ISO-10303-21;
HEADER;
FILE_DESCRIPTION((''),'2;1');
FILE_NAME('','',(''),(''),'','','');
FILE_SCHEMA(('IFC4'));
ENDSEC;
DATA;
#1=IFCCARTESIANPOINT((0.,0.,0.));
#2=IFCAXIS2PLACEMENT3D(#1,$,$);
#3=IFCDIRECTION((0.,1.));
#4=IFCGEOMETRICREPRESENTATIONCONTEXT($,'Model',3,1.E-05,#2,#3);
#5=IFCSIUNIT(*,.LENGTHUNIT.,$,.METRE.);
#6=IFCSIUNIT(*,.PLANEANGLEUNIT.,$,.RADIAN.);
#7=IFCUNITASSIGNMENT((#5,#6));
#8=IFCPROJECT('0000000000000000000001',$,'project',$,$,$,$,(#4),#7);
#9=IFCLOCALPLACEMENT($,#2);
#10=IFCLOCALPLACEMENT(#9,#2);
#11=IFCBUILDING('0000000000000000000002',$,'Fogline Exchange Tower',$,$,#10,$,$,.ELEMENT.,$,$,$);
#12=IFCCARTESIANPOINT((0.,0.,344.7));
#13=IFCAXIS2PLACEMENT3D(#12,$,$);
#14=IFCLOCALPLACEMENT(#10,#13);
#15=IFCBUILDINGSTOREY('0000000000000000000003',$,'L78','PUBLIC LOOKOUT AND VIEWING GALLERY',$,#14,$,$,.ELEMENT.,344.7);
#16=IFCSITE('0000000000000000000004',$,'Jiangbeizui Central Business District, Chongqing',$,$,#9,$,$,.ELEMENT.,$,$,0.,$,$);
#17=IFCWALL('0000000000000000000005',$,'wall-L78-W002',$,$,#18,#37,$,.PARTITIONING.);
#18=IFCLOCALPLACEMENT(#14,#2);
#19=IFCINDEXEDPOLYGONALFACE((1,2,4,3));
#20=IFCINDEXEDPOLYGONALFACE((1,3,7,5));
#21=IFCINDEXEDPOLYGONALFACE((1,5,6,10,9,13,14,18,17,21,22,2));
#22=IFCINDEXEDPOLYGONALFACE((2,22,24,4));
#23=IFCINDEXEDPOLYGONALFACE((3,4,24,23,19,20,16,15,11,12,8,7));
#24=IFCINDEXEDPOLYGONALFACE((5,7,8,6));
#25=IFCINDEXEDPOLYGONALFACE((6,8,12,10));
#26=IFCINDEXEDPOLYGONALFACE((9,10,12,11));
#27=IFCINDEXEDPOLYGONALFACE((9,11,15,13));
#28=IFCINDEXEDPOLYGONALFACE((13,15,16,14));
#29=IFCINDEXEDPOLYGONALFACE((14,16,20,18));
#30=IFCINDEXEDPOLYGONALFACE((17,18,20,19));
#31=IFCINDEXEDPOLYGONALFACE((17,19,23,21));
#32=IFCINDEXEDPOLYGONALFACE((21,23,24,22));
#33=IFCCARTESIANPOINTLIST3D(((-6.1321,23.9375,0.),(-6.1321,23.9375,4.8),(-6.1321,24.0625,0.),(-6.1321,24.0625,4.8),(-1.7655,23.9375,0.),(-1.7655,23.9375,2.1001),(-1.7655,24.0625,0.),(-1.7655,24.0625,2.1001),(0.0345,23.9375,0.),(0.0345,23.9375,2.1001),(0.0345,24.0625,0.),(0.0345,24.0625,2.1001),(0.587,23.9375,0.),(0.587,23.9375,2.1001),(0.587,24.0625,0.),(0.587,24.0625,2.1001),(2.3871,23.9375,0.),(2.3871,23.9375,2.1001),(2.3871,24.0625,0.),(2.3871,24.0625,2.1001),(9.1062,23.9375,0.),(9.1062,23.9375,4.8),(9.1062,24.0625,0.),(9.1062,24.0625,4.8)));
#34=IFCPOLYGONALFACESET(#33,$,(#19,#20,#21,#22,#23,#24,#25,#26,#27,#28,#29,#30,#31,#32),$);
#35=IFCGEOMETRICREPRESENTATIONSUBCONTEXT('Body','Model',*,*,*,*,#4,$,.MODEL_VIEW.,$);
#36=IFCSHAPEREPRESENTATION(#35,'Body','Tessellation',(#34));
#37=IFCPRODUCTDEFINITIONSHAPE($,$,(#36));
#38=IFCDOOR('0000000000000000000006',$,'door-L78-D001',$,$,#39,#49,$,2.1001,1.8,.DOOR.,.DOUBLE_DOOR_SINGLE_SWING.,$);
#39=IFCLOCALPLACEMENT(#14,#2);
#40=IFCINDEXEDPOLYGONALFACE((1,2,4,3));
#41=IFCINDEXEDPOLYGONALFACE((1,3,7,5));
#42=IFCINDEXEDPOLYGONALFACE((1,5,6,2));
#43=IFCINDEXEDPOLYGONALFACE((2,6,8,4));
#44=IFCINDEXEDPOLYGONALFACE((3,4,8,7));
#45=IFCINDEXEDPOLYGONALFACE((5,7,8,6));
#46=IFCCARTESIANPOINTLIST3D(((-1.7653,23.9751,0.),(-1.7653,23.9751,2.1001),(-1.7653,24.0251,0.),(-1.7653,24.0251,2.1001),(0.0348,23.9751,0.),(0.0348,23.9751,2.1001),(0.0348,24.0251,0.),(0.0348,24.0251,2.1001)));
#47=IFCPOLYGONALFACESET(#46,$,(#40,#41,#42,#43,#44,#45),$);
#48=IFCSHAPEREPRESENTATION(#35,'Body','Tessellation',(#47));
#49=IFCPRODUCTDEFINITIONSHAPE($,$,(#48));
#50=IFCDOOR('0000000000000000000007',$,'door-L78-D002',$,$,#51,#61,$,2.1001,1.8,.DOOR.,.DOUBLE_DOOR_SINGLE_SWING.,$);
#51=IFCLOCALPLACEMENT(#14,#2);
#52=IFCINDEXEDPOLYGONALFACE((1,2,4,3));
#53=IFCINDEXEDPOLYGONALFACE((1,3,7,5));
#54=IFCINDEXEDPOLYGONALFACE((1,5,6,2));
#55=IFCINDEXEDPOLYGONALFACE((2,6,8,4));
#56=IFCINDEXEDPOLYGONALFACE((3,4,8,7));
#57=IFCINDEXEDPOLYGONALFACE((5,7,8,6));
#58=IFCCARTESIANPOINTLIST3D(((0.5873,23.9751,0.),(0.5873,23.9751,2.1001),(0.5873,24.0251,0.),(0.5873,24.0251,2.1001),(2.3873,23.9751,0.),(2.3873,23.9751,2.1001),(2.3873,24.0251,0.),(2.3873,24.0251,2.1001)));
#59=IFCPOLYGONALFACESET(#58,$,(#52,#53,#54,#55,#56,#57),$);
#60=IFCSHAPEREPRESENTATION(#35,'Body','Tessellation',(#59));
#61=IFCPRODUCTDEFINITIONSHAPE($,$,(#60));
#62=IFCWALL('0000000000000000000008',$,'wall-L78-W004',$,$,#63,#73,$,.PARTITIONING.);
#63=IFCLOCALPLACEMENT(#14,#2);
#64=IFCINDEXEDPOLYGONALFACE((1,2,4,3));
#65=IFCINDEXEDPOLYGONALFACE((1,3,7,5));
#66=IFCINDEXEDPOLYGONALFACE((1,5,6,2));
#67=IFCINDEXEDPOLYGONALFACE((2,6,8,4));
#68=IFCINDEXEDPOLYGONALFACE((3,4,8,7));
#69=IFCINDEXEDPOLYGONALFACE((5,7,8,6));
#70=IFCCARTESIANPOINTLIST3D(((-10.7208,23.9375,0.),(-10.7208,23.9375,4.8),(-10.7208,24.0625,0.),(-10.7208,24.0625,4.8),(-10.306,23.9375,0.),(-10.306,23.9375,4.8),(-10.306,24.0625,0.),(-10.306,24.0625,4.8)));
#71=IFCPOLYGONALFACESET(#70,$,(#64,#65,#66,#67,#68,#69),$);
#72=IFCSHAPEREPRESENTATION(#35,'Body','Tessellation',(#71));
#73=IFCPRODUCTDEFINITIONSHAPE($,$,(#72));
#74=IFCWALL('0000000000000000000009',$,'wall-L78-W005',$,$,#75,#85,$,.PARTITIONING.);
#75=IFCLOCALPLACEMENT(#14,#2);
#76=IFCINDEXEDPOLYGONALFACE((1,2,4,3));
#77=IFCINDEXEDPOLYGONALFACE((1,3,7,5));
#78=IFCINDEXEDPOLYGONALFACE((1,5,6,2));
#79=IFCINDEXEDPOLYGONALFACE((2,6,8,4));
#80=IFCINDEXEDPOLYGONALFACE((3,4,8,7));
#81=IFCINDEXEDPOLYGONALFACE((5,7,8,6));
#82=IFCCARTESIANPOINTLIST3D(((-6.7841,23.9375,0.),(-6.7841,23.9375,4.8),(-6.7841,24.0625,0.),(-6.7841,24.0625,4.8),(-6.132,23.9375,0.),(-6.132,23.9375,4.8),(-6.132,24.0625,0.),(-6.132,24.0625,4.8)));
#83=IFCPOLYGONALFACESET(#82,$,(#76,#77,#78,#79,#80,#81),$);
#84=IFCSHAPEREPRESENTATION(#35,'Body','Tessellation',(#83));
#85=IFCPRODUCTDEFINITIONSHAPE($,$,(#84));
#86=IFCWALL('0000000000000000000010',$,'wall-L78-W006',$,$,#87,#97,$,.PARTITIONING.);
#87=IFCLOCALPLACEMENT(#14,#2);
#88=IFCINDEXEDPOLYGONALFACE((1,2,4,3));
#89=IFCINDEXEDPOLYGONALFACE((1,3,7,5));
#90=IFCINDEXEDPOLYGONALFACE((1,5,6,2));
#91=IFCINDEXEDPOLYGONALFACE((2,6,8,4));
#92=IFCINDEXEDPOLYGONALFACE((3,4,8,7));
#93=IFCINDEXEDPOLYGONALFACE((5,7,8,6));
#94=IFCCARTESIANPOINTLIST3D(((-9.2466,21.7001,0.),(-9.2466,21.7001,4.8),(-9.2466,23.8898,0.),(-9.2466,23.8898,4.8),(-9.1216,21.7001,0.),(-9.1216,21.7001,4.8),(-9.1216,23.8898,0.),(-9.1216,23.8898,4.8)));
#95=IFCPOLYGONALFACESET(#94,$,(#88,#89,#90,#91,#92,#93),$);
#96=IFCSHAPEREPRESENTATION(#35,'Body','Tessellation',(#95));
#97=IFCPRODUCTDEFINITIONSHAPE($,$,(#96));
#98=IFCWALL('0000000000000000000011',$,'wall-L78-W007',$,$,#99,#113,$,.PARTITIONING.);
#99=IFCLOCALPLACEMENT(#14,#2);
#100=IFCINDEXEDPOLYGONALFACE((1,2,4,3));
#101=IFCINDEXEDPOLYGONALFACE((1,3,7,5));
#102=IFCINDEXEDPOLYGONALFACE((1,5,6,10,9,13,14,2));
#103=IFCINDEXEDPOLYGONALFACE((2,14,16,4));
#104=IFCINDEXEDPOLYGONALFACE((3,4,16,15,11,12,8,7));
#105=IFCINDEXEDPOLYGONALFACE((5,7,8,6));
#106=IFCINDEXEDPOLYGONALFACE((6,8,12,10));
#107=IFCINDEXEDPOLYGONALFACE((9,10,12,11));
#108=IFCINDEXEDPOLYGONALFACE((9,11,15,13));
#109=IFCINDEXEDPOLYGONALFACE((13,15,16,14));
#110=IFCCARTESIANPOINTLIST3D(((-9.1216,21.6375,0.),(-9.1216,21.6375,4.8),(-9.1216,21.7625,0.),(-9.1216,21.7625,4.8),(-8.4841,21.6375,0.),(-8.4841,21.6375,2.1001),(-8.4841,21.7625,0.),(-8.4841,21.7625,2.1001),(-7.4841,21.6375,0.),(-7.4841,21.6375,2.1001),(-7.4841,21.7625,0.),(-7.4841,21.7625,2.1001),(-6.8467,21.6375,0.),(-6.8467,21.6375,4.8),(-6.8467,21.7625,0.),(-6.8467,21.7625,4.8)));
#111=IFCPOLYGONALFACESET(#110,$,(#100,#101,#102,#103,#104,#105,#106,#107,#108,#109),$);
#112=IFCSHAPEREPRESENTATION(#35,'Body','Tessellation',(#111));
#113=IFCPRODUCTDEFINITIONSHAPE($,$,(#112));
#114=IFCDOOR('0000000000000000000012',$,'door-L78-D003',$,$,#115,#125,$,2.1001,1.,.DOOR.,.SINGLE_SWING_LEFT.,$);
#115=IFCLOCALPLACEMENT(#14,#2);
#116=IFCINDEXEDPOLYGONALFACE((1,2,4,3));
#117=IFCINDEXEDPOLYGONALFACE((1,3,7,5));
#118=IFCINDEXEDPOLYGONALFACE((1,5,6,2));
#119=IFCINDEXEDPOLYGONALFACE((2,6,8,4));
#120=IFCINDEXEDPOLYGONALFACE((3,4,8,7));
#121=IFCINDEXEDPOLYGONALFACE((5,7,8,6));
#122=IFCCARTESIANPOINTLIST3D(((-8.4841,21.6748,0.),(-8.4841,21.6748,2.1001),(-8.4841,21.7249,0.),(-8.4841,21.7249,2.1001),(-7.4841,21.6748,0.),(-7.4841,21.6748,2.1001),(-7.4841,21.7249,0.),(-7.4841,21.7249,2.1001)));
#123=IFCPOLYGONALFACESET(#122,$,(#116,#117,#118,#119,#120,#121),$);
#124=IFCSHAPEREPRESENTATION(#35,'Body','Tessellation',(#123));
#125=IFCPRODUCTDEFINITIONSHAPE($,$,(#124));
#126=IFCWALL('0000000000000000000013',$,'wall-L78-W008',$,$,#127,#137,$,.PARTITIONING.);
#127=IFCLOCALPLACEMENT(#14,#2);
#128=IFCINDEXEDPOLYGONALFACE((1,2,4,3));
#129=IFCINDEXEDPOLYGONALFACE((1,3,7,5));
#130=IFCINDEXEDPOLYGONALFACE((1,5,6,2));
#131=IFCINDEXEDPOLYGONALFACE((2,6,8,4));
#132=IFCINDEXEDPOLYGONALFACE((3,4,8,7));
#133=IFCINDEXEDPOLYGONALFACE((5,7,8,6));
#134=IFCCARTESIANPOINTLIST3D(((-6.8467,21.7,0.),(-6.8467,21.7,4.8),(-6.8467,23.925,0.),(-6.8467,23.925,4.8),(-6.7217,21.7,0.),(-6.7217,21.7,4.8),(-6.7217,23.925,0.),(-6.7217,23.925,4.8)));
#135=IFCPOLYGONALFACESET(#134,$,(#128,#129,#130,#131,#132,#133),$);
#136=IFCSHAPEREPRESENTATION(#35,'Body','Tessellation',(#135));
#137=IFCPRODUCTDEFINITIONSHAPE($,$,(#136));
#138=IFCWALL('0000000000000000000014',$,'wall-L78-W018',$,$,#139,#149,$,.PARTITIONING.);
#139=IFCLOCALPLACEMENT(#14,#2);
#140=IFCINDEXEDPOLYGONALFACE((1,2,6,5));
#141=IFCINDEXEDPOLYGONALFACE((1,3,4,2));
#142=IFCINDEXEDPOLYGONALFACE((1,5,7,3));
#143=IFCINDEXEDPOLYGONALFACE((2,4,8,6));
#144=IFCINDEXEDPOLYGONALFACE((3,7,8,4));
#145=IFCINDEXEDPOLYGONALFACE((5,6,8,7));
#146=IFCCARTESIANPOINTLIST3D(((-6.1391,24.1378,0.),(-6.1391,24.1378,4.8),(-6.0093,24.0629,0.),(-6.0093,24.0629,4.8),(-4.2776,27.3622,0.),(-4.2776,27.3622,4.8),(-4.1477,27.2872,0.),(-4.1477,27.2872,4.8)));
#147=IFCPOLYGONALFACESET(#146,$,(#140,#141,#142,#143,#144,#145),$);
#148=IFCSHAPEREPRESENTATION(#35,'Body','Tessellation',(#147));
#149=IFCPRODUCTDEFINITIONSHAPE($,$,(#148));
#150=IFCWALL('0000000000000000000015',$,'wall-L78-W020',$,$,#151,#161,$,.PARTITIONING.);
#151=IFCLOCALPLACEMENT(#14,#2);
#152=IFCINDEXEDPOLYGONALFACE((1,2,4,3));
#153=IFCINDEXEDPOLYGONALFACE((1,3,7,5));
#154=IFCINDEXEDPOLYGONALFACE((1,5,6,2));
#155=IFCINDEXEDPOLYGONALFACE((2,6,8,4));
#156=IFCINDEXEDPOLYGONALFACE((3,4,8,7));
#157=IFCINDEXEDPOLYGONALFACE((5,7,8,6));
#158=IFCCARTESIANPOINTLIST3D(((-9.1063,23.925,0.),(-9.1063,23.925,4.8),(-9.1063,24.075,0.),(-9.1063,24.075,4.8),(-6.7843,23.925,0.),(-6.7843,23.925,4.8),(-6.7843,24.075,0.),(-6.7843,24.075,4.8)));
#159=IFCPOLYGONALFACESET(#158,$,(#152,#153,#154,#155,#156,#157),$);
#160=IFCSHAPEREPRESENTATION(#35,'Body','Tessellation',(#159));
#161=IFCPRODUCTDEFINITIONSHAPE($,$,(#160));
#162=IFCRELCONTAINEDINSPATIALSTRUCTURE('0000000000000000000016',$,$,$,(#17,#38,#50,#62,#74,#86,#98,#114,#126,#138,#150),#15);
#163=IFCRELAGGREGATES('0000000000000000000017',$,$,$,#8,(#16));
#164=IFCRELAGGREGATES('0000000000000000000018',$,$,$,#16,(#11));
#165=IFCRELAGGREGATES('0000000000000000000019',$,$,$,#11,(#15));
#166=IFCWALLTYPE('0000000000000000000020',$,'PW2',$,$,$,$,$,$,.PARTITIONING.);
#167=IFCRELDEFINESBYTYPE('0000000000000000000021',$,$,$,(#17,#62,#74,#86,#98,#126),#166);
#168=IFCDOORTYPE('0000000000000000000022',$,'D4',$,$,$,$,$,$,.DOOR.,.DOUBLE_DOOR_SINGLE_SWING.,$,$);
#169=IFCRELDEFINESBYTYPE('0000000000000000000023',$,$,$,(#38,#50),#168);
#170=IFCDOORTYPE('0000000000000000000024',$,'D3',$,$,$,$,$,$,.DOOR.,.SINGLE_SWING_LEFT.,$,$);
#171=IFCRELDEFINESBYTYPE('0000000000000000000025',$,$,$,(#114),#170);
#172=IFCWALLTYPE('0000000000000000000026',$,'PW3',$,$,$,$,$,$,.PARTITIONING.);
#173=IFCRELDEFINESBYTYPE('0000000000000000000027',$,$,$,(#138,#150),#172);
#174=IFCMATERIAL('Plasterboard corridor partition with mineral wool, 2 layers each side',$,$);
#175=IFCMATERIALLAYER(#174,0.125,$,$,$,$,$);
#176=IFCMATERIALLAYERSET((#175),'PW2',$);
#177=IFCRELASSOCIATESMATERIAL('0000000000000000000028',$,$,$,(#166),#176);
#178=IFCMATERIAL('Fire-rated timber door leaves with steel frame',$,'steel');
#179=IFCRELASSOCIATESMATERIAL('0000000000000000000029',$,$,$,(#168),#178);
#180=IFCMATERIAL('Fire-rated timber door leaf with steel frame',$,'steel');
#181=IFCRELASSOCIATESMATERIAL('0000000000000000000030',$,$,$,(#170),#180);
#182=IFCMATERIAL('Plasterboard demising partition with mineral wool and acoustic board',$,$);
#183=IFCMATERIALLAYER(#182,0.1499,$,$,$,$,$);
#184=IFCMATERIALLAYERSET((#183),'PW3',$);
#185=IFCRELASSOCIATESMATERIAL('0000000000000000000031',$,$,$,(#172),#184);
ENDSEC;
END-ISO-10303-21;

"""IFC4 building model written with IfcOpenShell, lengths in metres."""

from ifc_helpers import new_model, si_unit, direction, frame, frame_2d, origin, place, context, subcontext, project, spatial, rectangle, extrude, material, layer, layer_set, type_object, element, fill, save


model = new_model("IFC4")

# Units and contexts
model_context = context("Model", 3, precision=1e-05, world=origin(), true_north=direction((0.0, 1.0)))
body_context = subcontext(model_context, "Body", "Model", "MODEL_VIEW")
ifc_project = project(units=[si_unit("LENGTHUNIT", "METRE"), si_unit("PLANEANGLEUNIT", "RADIAN")], contexts=[model_context])

# Site, building, storey
site_placement = place(None, origin())
site = spatial("IfcSite", under=ifc_project, at=site_placement, Name="Jiangbeizui Central Business District, Chongqing", CompositionType="ELEMENT", RefElevation=0.0)
building_placement = place(site_placement, origin())
building = spatial("IfcBuilding", under=site, at=building_placement, Name="Fogline Exchange Tower", CompositionType="ELEMENT")
storey_placement = place(building_placement, frame((0.0, 0.0, 344.7)))
storey = spatial("IfcBuildingStorey", under=building, at=storey_placement, Name="L78", Description="PUBLIC LOOKOUT AND VIEWING GALLERY", CompositionType="ELEMENT", Elevation=344.7)

# Wall, openings, doors
ifc_material_1 = material(Name="Plasterboard corridor partition with mineral wool, 2 layers each side")
ifc_layer_1 = layer(ifc_material_1, 0.125)
ifc_layer_set_1 = layer_set([ifc_layer_1], Name="PW2")
wall_type_1 = type_object("IfcWallType", Name="PW2", PredefinedType="PARTITIONING", material=ifc_layer_set_1)
wall_1_placement = place(storey_placement, frame((-6.1321, 24.0, 0.0), z_axis=(0.0, 0.0, 1.0), x_axis=(1.0, 0.0, 0.0)))
wall_1 = element("IfcWall", 1, at=wall_1_placement, inside=storey, type_object=wall_type_1, Name="wall-L78-W002", PredefinedType="PARTITIONING", context=body_context, shape_type="SweptSolid", body=[
    extrude(rectangle(XDim=15.2383, YDim=0.125, at=frame_2d((7.6191, 0.0))), origin(), (0.0, 0.0, 1.0), 4.8),
])
opening_1_placement = place(wall_1_placement, frame((4.3667, 0.0, 0.0)))
opening_1 = element("IfcOpeningElement", 2, at=opening_1_placement, cuts=wall_1, PredefinedType="OPENING", context=body_context, shape_type="SweptSolid", body=[
    extrude(rectangle(XDim=1.8, YDim=2.1001, at=frame_2d((0.8999, 1.05))), frame((0.0, 0.0725, 0.0), z_axis=(0.0, -1.0, 0.0), x_axis=(1.0, 0.0, 0.0)), (0.0, 0.0, 1.0), 0.145),
])
opening_2_placement = place(wall_1_placement, frame((6.7192, 0.0, 0.0)))
opening_2 = element("IfcOpeningElement", 3, at=opening_2_placement, cuts=wall_1, PredefinedType="OPENING", context=body_context, shape_type="SweptSolid", body=[
    extrude(rectangle(XDim=1.8, YDim=2.1001, at=frame_2d((0.8999, 1.05))), frame((0.0, 0.0725, 0.0), z_axis=(0.0, -1.0, 0.0), x_axis=(1.0, 0.0, 0.0)), (0.0, 0.0, 1.0), 0.145),
])
ifc_material_2 = material(Name="Fire-rated timber door leaves with steel frame", Category="steel")
door_type_1 = type_object("IfcDoorType", Name="D4", OperationType="DOUBLE_DOOR_SINGLE_SWING", PredefinedType="DOOR", material=ifc_material_2)
door_1_placement = place(opening_1_placement, frame((1.8, 0.0, 0.0), z_axis=(0.0, 0.0, 1.0), x_axis=(-1.0, 0.0, 0.0)))
door_1 = element("IfcDoor", 4, at=door_1_placement, inside=storey, type_object=door_type_1, Name="door-L78-D001", OperationType="DOUBLE_DOOR_SINGLE_SWING", OverallHeight=2.1001, OverallWidth=1.8, PredefinedType="DOOR", context=body_context, shape_type="SweptSolid", body=[
    extrude(rectangle(XDim=1.8, YDim=2.1001, at=frame_2d((0.8999, 1.05))), frame((0.0, 0.0249, 0.0), z_axis=(0.0, -1.0, 0.0), x_axis=(1.0, 0.0, 0.0)), (0.0, 0.0, 1.0), 0.05),
])
fill(opening_1, door_1)
door_2_placement = place(opening_2_placement, frame((1.8, 0.0, 0.0), z_axis=(0.0, 0.0, 1.0), x_axis=(-1.0, 0.0, 0.0)))
door_2 = element("IfcDoor", 5, at=door_2_placement, inside=storey, type_object=door_type_1, Name="door-L78-D002", OperationType="DOUBLE_DOOR_SINGLE_SWING", OverallHeight=2.1001, OverallWidth=1.8, PredefinedType="DOOR", context=body_context, shape_type="SweptSolid", body=[
    extrude(rectangle(XDim=1.8, YDim=2.1001, at=frame_2d((0.8999, 1.05))), frame((0.0, 0.0249, 0.0), z_axis=(0.0, -1.0, 0.0), x_axis=(1.0, 0.0, 0.0)), (0.0, 0.0, 1.0), 0.05),
])
fill(opening_2, door_2)

# Walls
wall_2_placement = place(storey_placement, frame((-10.7209, 24.0, 0.0), z_axis=(0.0, 0.0, 1.0), x_axis=(1.0, 0.0, 0.0)))
element("IfcWall", 6, at=wall_2_placement, inside=storey, type_object=wall_type_1, Name="wall-L78-W004", PredefinedType="PARTITIONING", context=body_context, shape_type="SweptSolid", body=[
    extrude(rectangle(XDim=0.4148, YDim=0.125, at=frame_2d((0.2075, 0.0))), origin(), (0.0, 0.0, 1.0), 4.8),
])
wall_3_placement = place(storey_placement, frame((-6.7842, 24.0, 0.0), z_axis=(0.0, 0.0, 1.0), x_axis=(1.0, 0.0, 0.0)))
element("IfcWall", 7, at=wall_3_placement, inside=storey, type_object=wall_type_1, Name="wall-L78-W005", PredefinedType="PARTITIONING", context=body_context, shape_type="SweptSolid", body=[
    extrude(rectangle(XDim=0.6521, YDim=0.125, at=frame_2d((0.3262, 0.0))), origin(), (0.0, 0.0, 1.0), 4.8),
])
wall_4_placement = place(storey_placement, frame((-9.1841, 23.8896, 0.0), z_axis=(0.0, 0.0, 1.0), x_axis=(0.0, -1.0, 0.0)))
element("IfcWall", 8, at=wall_4_placement, inside=storey, type_object=wall_type_1, Name="wall-L78-W006", PredefinedType="PARTITIONING", context=body_context, shape_type="SweptSolid", body=[
    extrude(rectangle(XDim=2.1897, YDim=0.125, at=frame_2d((1.0947, 0.0))), origin(), (0.0, 0.0, 1.0), 4.8),
])

# Wall, opening, door
wall_5_placement = place(storey_placement, frame((-9.1216, 21.7, 0.0), z_axis=(0.0, 0.0, 1.0), x_axis=(1.0, 0.0, 0.0)))
wall_5 = element("IfcWall", 9, at=wall_5_placement, inside=storey, type_object=wall_type_1, Name="wall-L78-W007", PredefinedType="PARTITIONING", context=body_context, shape_type="SweptSolid", body=[
    extrude(rectangle(XDim=2.2749, YDim=0.125, at=frame_2d((1.1375, 0.0))), origin(), (0.0, 0.0, 1.0), 4.8),
])
opening_3_placement = place(wall_5_placement, frame((0.6375, 0.0, 0.0)))
opening_3 = element("IfcOpeningElement", 10, at=opening_3_placement, cuts=wall_5, PredefinedType="OPENING", context=body_context, shape_type="SweptSolid", body=[
    extrude(rectangle(XDim=1.0, YDim=2.1001, at=frame_2d((0.5, 1.05))), frame((0.0, 0.0725, 0.0), z_axis=(0.0, -1.0, 0.0), x_axis=(1.0, 0.0, 0.0)), (0.0, 0.0, 1.0), 0.145),
])
ifc_material_3 = material(Name="Fire-rated timber door leaf with steel frame", Category="steel")
door_type_2 = type_object("IfcDoorType", Name="D3", OperationType="SINGLE_SWING_LEFT", PredefinedType="DOOR", material=ifc_material_3)
door_3_placement = place(opening_3_placement, origin())
door_3 = element("IfcDoor", 11, at=door_3_placement, inside=storey, type_object=door_type_2, Name="door-L78-D003", OperationType="SINGLE_SWING_LEFT", OverallHeight=2.1001, OverallWidth=1.0, PredefinedType="DOOR", context=body_context, shape_type="SweptSolid", body=[
    extrude(rectangle(XDim=1.0, YDim=2.1001, at=frame_2d((0.5, 1.05))), frame((0.0, 0.0249, 0.0), z_axis=(0.0, -1.0, 0.0), x_axis=(1.0, 0.0, 0.0)), (0.0, 0.0, 1.0), 0.05),
])
fill(opening_3, door_3)

# Walls
wall_6_placement = place(storey_placement, frame((-6.7842, 21.7, 0.0), z_axis=(0.0, 0.0, 1.0), x_axis=(0.0, 1.0, 0.0)))
element("IfcWall", 12, at=wall_6_placement, inside=storey, type_object=wall_type_1, Name="wall-L78-W008", PredefinedType="PARTITIONING", context=body_context, shape_type="SweptSolid", body=[
    extrude(rectangle(XDim=2.2251, YDim=0.125, at=frame_2d((1.1125, 0.0))), origin(), (0.0, 0.0, 1.0), 4.8),
])
ifc_material_4 = material(Name="Plasterboard demising partition with mineral wool and acoustic board")
ifc_layer_2 = layer(ifc_material_4, 0.1499)
ifc_layer_set_2 = layer_set([ifc_layer_2], Name="PW3")
wall_type_2 = type_object("IfcWallType", Name="PW3", PredefinedType="PARTITIONING", material=ifc_layer_set_2)
wall_7_placement = place(storey_placement, frame((-6.0742, 24.1003, 0.0), z_axis=(0.0, 0.0, 1.0), x_axis=(0.499997, 0.866027, 0.0)))
element("IfcWall", 13, at=wall_7_placement, inside=storey, type_object=wall_type_2, Name="wall-L78-W018", PredefinedType="PARTITIONING", context=body_context, shape_type="SweptSolid", body=[
    extrude(rectangle(XDim=3.7231, YDim=0.1499, at=frame_2d((1.8616, 0.0))), origin(), (0.0, 0.0, 1.0), 4.8),
])
wall_8_placement = place(storey_placement, frame((-6.7842, 24.0, 0.0), z_axis=(0.0, 0.0, 1.0), x_axis=(-1.0, 0.0, 0.0)))
element("IfcWall", 14, at=wall_8_placement, inside=storey, type_object=wall_type_2, Name="wall-L78-W020", PredefinedType="PARTITIONING", context=body_context, shape_type="SweptSolid", body=[
    extrude(rectangle(XDim=2.322, YDim=0.1499, at=frame_2d((1.1611, 0.0))), origin(), (0.0, 0.0, 1.0), 4.8),
])

save(model, "model.ifc")
